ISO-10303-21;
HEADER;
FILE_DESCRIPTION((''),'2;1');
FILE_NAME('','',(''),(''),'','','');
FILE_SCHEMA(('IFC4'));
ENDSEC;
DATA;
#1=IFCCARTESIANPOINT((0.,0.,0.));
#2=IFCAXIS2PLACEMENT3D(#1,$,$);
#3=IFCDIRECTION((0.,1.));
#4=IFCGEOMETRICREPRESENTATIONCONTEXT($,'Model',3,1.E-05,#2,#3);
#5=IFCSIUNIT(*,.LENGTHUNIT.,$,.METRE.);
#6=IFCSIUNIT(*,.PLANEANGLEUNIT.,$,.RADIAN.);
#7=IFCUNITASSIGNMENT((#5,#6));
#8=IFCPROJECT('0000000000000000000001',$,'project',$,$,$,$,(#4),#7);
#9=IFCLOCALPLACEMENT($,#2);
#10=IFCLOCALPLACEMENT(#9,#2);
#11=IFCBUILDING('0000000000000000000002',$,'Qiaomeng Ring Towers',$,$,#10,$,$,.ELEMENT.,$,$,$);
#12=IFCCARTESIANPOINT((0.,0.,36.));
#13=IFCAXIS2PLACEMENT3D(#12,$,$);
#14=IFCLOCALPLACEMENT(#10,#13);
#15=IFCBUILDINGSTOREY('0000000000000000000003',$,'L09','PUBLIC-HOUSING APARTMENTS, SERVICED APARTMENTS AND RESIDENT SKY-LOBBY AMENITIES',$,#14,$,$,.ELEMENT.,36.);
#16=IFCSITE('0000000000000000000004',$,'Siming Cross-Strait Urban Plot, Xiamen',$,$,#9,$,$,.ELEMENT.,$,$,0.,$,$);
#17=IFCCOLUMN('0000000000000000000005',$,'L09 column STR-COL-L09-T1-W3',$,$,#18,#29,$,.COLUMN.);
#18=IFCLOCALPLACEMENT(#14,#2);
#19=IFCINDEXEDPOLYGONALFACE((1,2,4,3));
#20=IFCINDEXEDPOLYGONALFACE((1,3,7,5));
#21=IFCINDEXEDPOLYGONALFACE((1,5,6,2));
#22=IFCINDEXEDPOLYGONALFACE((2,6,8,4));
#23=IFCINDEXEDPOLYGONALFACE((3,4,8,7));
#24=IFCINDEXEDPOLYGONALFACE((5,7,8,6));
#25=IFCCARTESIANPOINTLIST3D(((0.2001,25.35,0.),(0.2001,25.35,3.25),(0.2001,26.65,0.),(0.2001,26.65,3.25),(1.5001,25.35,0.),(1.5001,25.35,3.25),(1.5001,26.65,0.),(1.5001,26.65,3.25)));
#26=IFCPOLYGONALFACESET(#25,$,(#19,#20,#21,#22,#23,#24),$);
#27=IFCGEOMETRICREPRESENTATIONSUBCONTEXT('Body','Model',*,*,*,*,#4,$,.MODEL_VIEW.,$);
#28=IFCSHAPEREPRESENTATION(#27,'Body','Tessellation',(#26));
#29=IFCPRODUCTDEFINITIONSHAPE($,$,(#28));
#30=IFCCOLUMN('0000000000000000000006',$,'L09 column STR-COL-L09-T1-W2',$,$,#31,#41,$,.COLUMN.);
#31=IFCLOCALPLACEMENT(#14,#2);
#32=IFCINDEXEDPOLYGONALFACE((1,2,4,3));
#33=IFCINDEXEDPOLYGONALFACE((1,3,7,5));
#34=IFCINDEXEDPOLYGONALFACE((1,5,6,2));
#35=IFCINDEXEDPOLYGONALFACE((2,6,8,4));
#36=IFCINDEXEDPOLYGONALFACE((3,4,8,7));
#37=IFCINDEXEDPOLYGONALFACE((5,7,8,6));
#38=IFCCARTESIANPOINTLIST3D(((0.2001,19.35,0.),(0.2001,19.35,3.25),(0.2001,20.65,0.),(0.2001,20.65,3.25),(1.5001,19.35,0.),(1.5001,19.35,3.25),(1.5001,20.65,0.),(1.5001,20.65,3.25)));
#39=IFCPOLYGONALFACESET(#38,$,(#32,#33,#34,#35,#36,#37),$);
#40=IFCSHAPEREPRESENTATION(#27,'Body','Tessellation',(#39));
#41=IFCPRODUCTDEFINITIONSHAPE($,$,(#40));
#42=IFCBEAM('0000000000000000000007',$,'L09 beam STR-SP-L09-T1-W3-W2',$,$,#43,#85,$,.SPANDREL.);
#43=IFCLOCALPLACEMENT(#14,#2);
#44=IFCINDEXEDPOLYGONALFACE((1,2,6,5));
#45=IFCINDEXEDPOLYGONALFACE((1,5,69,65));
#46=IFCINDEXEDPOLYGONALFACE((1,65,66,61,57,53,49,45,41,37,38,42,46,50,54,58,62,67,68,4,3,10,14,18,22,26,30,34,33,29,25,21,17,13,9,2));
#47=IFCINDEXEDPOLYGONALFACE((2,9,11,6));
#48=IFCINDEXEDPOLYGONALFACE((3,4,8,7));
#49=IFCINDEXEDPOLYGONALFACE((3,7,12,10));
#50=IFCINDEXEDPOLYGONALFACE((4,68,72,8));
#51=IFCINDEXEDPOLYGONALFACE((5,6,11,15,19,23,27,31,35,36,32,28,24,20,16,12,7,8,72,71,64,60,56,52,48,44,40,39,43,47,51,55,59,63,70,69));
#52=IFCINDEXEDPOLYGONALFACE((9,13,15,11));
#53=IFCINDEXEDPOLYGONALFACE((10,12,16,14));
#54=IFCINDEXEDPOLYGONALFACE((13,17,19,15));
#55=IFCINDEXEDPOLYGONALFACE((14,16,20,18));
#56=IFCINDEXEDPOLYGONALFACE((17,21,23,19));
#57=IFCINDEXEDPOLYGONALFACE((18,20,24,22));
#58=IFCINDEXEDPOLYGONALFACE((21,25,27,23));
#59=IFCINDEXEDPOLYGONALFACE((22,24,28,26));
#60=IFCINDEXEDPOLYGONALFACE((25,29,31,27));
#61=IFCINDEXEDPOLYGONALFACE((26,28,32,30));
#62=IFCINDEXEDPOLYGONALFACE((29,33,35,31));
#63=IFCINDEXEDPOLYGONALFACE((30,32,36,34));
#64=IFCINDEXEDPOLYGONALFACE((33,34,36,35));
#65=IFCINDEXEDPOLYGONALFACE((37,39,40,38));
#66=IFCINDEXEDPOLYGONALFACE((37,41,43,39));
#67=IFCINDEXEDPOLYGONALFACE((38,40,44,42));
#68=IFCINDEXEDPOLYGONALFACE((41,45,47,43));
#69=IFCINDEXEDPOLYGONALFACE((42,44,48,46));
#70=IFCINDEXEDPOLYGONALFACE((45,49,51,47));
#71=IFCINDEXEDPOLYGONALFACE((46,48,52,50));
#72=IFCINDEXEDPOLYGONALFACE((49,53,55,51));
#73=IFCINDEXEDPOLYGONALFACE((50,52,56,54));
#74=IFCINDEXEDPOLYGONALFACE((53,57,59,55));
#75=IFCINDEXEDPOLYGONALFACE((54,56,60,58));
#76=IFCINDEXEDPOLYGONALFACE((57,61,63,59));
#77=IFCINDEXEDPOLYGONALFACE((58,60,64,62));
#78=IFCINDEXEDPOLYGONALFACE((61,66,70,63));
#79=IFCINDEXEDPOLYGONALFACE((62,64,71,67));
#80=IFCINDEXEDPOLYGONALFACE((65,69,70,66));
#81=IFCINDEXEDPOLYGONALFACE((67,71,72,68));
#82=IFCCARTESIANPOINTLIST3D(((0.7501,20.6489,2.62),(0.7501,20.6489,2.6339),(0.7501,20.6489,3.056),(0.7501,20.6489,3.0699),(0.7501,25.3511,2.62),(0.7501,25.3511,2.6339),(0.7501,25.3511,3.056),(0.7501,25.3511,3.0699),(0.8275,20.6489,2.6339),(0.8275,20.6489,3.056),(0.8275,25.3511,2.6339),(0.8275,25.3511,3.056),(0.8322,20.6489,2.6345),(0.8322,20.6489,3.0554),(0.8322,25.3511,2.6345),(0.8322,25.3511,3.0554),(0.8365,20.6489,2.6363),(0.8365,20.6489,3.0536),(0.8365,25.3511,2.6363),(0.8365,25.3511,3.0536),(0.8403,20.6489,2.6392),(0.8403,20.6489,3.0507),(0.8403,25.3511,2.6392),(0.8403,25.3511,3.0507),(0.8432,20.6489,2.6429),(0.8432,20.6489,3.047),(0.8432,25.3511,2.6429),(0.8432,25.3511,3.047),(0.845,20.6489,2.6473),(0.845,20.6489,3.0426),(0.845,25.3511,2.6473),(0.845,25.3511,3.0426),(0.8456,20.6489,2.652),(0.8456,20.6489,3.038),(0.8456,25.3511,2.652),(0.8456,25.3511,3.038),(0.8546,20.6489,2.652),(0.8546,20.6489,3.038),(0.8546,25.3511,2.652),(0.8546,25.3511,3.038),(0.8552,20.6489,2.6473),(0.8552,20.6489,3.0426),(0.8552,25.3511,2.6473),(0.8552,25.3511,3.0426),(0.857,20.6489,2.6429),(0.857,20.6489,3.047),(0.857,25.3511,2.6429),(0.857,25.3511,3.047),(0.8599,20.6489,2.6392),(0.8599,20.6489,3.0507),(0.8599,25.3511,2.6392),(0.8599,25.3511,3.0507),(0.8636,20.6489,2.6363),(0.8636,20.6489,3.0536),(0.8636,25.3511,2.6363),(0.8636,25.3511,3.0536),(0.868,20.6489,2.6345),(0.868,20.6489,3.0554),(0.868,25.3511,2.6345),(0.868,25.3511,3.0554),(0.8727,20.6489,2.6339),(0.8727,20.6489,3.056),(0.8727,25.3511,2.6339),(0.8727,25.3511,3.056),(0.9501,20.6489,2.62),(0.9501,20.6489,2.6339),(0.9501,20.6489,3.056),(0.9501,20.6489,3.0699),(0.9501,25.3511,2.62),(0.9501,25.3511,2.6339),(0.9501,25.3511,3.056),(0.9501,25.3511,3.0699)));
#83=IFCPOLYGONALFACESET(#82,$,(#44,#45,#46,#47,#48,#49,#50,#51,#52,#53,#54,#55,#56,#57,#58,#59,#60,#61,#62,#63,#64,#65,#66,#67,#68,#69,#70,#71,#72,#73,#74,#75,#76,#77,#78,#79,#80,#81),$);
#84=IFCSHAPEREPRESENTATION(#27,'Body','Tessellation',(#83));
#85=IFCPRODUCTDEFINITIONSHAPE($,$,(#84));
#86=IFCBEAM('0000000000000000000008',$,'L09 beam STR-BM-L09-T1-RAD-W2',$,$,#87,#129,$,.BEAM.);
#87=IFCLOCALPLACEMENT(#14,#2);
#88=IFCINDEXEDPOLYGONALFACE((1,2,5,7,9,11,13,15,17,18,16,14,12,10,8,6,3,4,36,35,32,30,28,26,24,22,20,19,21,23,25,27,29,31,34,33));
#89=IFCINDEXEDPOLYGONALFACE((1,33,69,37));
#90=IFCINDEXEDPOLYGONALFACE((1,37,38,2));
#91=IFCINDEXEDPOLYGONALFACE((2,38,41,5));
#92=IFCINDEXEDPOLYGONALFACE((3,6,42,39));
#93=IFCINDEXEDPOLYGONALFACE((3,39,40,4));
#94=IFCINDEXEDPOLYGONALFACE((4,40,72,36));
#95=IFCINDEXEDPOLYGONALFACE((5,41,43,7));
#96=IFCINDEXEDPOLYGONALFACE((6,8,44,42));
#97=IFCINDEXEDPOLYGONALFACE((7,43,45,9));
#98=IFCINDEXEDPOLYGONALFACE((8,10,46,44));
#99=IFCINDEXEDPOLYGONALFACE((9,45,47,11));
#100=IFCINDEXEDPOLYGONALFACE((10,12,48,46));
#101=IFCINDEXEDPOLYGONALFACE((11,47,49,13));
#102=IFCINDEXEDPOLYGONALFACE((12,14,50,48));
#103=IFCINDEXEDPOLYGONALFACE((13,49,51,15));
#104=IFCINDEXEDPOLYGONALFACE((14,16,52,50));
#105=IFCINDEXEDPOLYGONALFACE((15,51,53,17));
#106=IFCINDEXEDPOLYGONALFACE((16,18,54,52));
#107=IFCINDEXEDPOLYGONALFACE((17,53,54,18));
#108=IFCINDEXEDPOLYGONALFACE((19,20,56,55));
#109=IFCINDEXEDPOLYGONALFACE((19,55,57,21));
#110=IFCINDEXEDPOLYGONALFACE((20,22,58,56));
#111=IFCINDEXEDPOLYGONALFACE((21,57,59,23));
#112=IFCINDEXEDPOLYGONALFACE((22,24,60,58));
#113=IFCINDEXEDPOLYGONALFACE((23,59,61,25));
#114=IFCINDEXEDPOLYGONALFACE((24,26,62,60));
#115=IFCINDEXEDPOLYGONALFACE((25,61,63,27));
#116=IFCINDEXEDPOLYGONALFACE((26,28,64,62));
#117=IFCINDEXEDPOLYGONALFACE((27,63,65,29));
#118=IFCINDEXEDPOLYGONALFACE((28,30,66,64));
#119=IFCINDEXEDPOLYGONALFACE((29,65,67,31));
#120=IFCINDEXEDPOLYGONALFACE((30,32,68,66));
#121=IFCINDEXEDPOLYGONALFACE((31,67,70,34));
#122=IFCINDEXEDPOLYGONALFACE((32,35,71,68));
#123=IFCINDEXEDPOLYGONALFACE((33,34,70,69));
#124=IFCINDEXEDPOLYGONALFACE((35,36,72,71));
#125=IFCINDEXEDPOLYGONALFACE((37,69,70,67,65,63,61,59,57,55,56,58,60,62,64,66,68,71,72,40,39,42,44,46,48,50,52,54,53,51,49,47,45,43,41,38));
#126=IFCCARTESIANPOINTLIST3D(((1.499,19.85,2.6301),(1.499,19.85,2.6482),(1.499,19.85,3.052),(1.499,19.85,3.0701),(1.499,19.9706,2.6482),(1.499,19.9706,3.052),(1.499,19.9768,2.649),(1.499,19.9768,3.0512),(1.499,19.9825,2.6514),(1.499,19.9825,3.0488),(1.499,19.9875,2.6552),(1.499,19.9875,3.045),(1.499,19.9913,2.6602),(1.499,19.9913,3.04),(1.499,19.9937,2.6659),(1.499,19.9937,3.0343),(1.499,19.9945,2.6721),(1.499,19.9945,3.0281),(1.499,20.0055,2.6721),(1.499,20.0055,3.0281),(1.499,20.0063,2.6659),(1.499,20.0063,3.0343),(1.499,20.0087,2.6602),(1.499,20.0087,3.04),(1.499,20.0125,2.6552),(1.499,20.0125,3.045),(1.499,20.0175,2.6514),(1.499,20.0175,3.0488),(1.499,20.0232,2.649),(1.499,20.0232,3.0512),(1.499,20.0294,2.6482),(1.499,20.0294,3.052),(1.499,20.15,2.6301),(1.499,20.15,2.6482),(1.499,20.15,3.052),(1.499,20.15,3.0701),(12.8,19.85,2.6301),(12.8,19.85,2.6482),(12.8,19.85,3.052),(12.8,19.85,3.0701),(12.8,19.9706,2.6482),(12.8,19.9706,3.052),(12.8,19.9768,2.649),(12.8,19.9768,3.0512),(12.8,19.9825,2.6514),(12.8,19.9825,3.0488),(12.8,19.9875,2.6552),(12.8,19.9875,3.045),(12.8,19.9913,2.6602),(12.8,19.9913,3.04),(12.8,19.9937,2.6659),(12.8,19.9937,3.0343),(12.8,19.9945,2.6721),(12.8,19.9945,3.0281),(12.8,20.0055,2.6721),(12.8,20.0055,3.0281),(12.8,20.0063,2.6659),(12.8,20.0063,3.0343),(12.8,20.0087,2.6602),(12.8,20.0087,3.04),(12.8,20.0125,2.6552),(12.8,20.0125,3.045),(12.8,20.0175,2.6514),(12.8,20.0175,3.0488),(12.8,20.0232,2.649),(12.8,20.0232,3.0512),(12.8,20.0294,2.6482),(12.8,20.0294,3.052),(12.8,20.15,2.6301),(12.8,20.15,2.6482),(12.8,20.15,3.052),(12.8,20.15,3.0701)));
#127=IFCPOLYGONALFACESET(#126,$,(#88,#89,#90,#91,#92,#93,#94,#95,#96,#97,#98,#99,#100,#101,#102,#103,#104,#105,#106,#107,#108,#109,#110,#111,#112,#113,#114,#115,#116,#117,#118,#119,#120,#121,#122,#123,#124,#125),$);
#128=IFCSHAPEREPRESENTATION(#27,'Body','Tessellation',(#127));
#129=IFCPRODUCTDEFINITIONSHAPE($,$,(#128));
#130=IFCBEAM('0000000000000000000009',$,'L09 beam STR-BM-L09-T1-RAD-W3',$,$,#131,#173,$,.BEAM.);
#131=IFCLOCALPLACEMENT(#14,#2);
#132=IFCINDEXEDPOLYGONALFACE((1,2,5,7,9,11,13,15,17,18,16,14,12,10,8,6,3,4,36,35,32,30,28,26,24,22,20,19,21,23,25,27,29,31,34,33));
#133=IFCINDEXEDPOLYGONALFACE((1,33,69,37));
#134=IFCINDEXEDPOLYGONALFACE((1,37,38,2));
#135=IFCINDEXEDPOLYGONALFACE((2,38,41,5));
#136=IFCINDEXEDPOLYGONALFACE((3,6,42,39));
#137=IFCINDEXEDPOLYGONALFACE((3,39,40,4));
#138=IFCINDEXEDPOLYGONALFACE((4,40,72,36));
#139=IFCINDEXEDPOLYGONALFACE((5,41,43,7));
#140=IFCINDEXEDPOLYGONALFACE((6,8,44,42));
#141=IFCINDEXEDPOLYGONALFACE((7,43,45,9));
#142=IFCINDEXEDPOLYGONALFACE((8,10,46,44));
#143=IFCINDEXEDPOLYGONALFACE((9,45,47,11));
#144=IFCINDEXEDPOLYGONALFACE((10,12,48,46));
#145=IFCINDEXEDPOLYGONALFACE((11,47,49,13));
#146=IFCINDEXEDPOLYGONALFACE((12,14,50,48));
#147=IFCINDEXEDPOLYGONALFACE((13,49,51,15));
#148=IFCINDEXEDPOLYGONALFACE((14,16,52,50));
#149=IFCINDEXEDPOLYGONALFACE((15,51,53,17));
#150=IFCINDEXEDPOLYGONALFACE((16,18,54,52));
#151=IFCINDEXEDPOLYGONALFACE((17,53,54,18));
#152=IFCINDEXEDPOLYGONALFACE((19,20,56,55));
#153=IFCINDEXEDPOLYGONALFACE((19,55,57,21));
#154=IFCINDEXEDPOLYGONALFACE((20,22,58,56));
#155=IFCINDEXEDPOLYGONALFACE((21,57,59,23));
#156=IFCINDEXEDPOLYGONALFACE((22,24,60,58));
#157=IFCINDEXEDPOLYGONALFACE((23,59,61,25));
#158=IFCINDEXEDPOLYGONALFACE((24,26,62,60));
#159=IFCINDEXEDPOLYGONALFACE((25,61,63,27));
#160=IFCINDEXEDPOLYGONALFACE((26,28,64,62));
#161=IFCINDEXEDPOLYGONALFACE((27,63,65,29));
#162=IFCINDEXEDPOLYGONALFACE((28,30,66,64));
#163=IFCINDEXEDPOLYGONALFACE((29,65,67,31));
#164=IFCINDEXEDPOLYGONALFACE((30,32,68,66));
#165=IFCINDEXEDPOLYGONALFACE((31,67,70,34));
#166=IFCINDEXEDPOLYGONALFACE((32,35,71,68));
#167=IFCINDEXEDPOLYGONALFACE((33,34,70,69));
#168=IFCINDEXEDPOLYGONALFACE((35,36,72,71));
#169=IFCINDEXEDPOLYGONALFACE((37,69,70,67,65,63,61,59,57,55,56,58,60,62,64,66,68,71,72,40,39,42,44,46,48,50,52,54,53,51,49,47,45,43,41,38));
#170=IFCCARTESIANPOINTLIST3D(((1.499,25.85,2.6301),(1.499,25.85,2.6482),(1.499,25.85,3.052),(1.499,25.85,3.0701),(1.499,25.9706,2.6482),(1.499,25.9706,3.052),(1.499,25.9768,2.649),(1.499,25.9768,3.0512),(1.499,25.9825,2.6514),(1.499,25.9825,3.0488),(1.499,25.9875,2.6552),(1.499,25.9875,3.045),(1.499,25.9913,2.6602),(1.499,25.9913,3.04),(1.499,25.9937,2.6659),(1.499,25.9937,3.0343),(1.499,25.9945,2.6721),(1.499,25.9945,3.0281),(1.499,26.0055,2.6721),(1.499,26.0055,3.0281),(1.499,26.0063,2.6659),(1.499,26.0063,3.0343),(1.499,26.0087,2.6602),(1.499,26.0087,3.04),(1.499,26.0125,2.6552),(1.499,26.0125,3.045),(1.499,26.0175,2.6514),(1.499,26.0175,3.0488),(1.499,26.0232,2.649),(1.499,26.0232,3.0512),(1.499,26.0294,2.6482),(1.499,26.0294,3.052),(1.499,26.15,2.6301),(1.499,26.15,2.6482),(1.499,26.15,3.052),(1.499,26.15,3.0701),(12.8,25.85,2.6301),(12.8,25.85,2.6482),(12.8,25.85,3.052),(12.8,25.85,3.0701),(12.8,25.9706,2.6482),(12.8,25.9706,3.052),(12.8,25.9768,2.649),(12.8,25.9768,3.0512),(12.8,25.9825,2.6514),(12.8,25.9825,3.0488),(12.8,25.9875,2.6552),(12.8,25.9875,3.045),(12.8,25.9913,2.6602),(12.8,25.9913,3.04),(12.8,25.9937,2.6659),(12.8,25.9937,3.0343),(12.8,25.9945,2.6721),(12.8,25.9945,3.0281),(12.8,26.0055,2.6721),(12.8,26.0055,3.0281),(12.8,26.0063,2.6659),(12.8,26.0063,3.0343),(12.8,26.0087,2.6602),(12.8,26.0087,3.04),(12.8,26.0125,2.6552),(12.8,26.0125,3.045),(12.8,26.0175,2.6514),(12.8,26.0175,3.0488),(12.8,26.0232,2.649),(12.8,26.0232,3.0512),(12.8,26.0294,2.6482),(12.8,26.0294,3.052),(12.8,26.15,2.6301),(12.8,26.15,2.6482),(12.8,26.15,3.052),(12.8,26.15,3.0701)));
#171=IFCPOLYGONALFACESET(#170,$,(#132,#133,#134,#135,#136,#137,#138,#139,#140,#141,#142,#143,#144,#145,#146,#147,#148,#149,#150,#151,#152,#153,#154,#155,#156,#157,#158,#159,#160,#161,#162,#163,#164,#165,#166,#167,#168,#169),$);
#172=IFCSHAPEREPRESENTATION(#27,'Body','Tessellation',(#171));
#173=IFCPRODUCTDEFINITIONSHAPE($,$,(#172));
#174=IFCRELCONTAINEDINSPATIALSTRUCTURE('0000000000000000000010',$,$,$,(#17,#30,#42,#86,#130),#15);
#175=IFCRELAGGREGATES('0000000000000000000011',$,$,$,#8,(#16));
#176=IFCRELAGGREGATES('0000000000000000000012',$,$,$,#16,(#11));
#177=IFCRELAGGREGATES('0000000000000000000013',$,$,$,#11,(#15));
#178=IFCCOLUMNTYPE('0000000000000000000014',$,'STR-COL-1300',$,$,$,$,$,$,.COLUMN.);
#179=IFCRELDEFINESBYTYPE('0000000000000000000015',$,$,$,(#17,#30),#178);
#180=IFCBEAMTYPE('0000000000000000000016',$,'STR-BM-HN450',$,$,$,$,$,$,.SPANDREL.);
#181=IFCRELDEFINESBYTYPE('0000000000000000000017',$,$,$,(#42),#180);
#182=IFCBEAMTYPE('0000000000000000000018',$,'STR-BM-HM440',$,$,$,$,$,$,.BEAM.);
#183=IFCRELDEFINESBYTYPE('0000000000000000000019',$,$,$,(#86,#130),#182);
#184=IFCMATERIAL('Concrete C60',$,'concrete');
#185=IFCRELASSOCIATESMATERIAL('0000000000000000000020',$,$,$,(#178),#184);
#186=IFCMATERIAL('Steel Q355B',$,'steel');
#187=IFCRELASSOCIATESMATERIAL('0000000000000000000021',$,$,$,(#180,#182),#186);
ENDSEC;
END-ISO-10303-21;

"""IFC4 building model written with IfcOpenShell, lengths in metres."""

from ifc_helpers import new_model, si_unit, direction, frame, origin, origin_2d, place, context, subcontext, project, spatial, rectangle, i_section, extrude, source, transform, mapped, material, material_profile, profile_set, type_object, element, save


model = new_model("IFC4")

# Units and contexts
model_context = context("Model", 3, precision=1e-05, world=origin(), true_north=direction((0.0, 1.0)))
body_context = subcontext(model_context, "Body", "Model", "MODEL_VIEW")
ifc_project = project(units=[si_unit("LENGTHUNIT", "METRE"), si_unit("PLANEANGLEUNIT", "RADIAN")], contexts=[model_context])

# Site, building, storey
site_placement = place(None, origin())
site = spatial("IfcSite", under=ifc_project, at=site_placement, Name="Siming Cross-Strait Urban Plot, Xiamen", CompositionType="ELEMENT", RefElevation=0.0)
building_placement = place(site_placement, origin())
building = spatial("IfcBuilding", under=site, at=building_placement, Name="Qiaomeng Ring Towers", CompositionType="ELEMENT")
storey_placement = place(building_placement, frame((0.0, 0.0, 36.0)))
storey = spatial("IfcBuildingStorey", under=building, at=storey_placement, Name="L09", Description="PUBLIC-HOUSING APARTMENTS, SERVICED APARTMENTS AND RESIDENT SKY-LOBBY AMENITIES", CompositionType="ELEMENT", Elevation=36.0)

# Columns
ifc_material_1 = material(Name="Concrete C60", Category="concrete")
ifc_material_profile_1 = material_profile(ifc_material_1, rectangle(XDim=1.3, YDim=1.3, at=origin_2d()), Name="RC COL 1300x1300")
ifc_profile_set_1 = profile_set([ifc_material_profile_1], Name="Concrete C60")
column_type = type_object("IfcColumnType", Name="STR-COL-1300", PredefinedType="COLUMN", material=ifc_profile_set_1)
shared_shape_1 = source(origin(), body_context, "Body", "SweptSolid", [
    extrude(rectangle(XDim=1.3, YDim=1.3, at=origin_2d()), origin(), (0.0, 0.0, 1.0), 3.25),
])
for number, where, z_axis, x_axis, name in (
    (1, (0.8501, 26.0, 0.0), (0.0, 0.0, 1.0), (1.0, 0.0, 0.0), "L09 column STR-COL-L09-T1-W3"),
    (2, (0.8501, 20.0, 0.0), (0.0, 0.0, 1.0), (1.0, 0.0, 0.0), "L09 column STR-COL-L09-T1-W2"),
):
    element("IfcColumn", number, at=place(storey_placement, frame(where, z_axis=z_axis, x_axis=x_axis)), inside=storey, type_object=column_type, Name=name, PredefinedType="COLUMN", context=body_context, shape_type="MappedRepresentation", body=[
        mapped(shared_shape_1, transform((0.0, 0.0, 0.0), x_axis=(1.0, 0.0, 0.0), y_axis=(0.0, 1.0, 0.0), z_axis=(0.0, 0.0, 1.0), scale=1.0)),
    ])

# Beams
ifc_material_2 = material(Name="Steel Q355B", Category="steel")
ifc_material_profile_2 = material_profile(ifc_material_2, i_section(OverallWidth=0.2, OverallDepth=0.45, WebThickness=0.009, FlangeThickness=0.0139, FilletRadius=0.0181, at=origin_2d()), Name="HN 450x200x9x14")
ifc_profile_set_2 = profile_set([ifc_material_profile_2], Name="Steel Q355B")
beam_type_1 = type_object("IfcBeamType", Name="STR-BM-HN450", PredefinedType="SPANDREL", material=ifc_profile_set_2)
shared_shape_2 = source(origin(), body_context, "Body", "SweptSolid", [
    extrude(i_section(OverallWidth=0.2, OverallDepth=0.45, WebThickness=0.009, FlangeThickness=0.0139, FilletRadius=0.0181, at=origin_2d()), origin(), (0.0, 0.0, 1.0), 4.7021),
])
beam_1_placement = place(storey_placement, frame((0.8501, 25.3511, 2.845), z_axis=(0.0, -1.0, 0.0), x_axis=(1.0, 0.0, 0.0)))
element("IfcBeam", 3, at=beam_1_placement, inside=storey, type_object=beam_type_1, Name="L09 beam STR-SP-L09-T1-W3-W2", PredefinedType="SPANDREL", context=body_context, shape_type="MappedRepresentation", body=[
    mapped(shared_shape_2, transform((0.0, 0.0, 0.0), x_axis=(1.0, 0.0, 0.0), y_axis=(0.0, 1.0, 0.0), z_axis=(0.0, 0.0, 1.0), scale=1.0)),
])
ifc_material_profile_3 = material_profile(ifc_material_2, i_section(OverallWidth=0.3, OverallDepth=0.4399, WebThickness=0.011, FlangeThickness=0.0181, FilletRadius=0.0239, at=origin_2d()), Name="HM 440x300x11x18")
ifc_profile_set_3 = profile_set([ifc_material_profile_3], Name="Steel Q355B")
beam_type_2 = type_object("IfcBeamType", Name="STR-BM-HM440", PredefinedType="BEAM", material=ifc_profile_set_3)
shared_shape_3 = source(origin(), body_context, "Body", "SweptSolid", [
    extrude(i_section(OverallWidth=0.3, OverallDepth=0.4399, WebThickness=0.011, FlangeThickness=0.0181, FilletRadius=0.0239, at=origin_2d()), origin(), (0.0, 0.0, 1.0), 11.301),
])
for number, where, z_axis, x_axis, name in (
    (4, (1.499, 20.0, 2.8501), (1.0, 0.0, 0.0), (0.0, 1.0, 0.0), "L09 beam STR-BM-L09-T1-RAD-W2"),
    (5, (1.499, 26.0, 2.8501), (1.0, 0.0, 0.0), (0.0, 1.0, 0.0), "L09 beam STR-BM-L09-T1-RAD-W3"),
):
    element("IfcBeam", number, at=place(storey_placement, frame(where, z_axis=z_axis, x_axis=x_axis)), inside=storey, type_object=beam_type_2, Name=name, PredefinedType="BEAM", context=body_context, shape_type="MappedRepresentation", body=[
        mapped(shared_shape_3, transform((0.0, 0.0, 0.0), x_axis=(1.0, 0.0, 0.0), y_axis=(0.0, 1.0, 0.0), z_axis=(0.0, 0.0, 1.0), scale=1.0)),
    ])

save(model, "model.ifc")
